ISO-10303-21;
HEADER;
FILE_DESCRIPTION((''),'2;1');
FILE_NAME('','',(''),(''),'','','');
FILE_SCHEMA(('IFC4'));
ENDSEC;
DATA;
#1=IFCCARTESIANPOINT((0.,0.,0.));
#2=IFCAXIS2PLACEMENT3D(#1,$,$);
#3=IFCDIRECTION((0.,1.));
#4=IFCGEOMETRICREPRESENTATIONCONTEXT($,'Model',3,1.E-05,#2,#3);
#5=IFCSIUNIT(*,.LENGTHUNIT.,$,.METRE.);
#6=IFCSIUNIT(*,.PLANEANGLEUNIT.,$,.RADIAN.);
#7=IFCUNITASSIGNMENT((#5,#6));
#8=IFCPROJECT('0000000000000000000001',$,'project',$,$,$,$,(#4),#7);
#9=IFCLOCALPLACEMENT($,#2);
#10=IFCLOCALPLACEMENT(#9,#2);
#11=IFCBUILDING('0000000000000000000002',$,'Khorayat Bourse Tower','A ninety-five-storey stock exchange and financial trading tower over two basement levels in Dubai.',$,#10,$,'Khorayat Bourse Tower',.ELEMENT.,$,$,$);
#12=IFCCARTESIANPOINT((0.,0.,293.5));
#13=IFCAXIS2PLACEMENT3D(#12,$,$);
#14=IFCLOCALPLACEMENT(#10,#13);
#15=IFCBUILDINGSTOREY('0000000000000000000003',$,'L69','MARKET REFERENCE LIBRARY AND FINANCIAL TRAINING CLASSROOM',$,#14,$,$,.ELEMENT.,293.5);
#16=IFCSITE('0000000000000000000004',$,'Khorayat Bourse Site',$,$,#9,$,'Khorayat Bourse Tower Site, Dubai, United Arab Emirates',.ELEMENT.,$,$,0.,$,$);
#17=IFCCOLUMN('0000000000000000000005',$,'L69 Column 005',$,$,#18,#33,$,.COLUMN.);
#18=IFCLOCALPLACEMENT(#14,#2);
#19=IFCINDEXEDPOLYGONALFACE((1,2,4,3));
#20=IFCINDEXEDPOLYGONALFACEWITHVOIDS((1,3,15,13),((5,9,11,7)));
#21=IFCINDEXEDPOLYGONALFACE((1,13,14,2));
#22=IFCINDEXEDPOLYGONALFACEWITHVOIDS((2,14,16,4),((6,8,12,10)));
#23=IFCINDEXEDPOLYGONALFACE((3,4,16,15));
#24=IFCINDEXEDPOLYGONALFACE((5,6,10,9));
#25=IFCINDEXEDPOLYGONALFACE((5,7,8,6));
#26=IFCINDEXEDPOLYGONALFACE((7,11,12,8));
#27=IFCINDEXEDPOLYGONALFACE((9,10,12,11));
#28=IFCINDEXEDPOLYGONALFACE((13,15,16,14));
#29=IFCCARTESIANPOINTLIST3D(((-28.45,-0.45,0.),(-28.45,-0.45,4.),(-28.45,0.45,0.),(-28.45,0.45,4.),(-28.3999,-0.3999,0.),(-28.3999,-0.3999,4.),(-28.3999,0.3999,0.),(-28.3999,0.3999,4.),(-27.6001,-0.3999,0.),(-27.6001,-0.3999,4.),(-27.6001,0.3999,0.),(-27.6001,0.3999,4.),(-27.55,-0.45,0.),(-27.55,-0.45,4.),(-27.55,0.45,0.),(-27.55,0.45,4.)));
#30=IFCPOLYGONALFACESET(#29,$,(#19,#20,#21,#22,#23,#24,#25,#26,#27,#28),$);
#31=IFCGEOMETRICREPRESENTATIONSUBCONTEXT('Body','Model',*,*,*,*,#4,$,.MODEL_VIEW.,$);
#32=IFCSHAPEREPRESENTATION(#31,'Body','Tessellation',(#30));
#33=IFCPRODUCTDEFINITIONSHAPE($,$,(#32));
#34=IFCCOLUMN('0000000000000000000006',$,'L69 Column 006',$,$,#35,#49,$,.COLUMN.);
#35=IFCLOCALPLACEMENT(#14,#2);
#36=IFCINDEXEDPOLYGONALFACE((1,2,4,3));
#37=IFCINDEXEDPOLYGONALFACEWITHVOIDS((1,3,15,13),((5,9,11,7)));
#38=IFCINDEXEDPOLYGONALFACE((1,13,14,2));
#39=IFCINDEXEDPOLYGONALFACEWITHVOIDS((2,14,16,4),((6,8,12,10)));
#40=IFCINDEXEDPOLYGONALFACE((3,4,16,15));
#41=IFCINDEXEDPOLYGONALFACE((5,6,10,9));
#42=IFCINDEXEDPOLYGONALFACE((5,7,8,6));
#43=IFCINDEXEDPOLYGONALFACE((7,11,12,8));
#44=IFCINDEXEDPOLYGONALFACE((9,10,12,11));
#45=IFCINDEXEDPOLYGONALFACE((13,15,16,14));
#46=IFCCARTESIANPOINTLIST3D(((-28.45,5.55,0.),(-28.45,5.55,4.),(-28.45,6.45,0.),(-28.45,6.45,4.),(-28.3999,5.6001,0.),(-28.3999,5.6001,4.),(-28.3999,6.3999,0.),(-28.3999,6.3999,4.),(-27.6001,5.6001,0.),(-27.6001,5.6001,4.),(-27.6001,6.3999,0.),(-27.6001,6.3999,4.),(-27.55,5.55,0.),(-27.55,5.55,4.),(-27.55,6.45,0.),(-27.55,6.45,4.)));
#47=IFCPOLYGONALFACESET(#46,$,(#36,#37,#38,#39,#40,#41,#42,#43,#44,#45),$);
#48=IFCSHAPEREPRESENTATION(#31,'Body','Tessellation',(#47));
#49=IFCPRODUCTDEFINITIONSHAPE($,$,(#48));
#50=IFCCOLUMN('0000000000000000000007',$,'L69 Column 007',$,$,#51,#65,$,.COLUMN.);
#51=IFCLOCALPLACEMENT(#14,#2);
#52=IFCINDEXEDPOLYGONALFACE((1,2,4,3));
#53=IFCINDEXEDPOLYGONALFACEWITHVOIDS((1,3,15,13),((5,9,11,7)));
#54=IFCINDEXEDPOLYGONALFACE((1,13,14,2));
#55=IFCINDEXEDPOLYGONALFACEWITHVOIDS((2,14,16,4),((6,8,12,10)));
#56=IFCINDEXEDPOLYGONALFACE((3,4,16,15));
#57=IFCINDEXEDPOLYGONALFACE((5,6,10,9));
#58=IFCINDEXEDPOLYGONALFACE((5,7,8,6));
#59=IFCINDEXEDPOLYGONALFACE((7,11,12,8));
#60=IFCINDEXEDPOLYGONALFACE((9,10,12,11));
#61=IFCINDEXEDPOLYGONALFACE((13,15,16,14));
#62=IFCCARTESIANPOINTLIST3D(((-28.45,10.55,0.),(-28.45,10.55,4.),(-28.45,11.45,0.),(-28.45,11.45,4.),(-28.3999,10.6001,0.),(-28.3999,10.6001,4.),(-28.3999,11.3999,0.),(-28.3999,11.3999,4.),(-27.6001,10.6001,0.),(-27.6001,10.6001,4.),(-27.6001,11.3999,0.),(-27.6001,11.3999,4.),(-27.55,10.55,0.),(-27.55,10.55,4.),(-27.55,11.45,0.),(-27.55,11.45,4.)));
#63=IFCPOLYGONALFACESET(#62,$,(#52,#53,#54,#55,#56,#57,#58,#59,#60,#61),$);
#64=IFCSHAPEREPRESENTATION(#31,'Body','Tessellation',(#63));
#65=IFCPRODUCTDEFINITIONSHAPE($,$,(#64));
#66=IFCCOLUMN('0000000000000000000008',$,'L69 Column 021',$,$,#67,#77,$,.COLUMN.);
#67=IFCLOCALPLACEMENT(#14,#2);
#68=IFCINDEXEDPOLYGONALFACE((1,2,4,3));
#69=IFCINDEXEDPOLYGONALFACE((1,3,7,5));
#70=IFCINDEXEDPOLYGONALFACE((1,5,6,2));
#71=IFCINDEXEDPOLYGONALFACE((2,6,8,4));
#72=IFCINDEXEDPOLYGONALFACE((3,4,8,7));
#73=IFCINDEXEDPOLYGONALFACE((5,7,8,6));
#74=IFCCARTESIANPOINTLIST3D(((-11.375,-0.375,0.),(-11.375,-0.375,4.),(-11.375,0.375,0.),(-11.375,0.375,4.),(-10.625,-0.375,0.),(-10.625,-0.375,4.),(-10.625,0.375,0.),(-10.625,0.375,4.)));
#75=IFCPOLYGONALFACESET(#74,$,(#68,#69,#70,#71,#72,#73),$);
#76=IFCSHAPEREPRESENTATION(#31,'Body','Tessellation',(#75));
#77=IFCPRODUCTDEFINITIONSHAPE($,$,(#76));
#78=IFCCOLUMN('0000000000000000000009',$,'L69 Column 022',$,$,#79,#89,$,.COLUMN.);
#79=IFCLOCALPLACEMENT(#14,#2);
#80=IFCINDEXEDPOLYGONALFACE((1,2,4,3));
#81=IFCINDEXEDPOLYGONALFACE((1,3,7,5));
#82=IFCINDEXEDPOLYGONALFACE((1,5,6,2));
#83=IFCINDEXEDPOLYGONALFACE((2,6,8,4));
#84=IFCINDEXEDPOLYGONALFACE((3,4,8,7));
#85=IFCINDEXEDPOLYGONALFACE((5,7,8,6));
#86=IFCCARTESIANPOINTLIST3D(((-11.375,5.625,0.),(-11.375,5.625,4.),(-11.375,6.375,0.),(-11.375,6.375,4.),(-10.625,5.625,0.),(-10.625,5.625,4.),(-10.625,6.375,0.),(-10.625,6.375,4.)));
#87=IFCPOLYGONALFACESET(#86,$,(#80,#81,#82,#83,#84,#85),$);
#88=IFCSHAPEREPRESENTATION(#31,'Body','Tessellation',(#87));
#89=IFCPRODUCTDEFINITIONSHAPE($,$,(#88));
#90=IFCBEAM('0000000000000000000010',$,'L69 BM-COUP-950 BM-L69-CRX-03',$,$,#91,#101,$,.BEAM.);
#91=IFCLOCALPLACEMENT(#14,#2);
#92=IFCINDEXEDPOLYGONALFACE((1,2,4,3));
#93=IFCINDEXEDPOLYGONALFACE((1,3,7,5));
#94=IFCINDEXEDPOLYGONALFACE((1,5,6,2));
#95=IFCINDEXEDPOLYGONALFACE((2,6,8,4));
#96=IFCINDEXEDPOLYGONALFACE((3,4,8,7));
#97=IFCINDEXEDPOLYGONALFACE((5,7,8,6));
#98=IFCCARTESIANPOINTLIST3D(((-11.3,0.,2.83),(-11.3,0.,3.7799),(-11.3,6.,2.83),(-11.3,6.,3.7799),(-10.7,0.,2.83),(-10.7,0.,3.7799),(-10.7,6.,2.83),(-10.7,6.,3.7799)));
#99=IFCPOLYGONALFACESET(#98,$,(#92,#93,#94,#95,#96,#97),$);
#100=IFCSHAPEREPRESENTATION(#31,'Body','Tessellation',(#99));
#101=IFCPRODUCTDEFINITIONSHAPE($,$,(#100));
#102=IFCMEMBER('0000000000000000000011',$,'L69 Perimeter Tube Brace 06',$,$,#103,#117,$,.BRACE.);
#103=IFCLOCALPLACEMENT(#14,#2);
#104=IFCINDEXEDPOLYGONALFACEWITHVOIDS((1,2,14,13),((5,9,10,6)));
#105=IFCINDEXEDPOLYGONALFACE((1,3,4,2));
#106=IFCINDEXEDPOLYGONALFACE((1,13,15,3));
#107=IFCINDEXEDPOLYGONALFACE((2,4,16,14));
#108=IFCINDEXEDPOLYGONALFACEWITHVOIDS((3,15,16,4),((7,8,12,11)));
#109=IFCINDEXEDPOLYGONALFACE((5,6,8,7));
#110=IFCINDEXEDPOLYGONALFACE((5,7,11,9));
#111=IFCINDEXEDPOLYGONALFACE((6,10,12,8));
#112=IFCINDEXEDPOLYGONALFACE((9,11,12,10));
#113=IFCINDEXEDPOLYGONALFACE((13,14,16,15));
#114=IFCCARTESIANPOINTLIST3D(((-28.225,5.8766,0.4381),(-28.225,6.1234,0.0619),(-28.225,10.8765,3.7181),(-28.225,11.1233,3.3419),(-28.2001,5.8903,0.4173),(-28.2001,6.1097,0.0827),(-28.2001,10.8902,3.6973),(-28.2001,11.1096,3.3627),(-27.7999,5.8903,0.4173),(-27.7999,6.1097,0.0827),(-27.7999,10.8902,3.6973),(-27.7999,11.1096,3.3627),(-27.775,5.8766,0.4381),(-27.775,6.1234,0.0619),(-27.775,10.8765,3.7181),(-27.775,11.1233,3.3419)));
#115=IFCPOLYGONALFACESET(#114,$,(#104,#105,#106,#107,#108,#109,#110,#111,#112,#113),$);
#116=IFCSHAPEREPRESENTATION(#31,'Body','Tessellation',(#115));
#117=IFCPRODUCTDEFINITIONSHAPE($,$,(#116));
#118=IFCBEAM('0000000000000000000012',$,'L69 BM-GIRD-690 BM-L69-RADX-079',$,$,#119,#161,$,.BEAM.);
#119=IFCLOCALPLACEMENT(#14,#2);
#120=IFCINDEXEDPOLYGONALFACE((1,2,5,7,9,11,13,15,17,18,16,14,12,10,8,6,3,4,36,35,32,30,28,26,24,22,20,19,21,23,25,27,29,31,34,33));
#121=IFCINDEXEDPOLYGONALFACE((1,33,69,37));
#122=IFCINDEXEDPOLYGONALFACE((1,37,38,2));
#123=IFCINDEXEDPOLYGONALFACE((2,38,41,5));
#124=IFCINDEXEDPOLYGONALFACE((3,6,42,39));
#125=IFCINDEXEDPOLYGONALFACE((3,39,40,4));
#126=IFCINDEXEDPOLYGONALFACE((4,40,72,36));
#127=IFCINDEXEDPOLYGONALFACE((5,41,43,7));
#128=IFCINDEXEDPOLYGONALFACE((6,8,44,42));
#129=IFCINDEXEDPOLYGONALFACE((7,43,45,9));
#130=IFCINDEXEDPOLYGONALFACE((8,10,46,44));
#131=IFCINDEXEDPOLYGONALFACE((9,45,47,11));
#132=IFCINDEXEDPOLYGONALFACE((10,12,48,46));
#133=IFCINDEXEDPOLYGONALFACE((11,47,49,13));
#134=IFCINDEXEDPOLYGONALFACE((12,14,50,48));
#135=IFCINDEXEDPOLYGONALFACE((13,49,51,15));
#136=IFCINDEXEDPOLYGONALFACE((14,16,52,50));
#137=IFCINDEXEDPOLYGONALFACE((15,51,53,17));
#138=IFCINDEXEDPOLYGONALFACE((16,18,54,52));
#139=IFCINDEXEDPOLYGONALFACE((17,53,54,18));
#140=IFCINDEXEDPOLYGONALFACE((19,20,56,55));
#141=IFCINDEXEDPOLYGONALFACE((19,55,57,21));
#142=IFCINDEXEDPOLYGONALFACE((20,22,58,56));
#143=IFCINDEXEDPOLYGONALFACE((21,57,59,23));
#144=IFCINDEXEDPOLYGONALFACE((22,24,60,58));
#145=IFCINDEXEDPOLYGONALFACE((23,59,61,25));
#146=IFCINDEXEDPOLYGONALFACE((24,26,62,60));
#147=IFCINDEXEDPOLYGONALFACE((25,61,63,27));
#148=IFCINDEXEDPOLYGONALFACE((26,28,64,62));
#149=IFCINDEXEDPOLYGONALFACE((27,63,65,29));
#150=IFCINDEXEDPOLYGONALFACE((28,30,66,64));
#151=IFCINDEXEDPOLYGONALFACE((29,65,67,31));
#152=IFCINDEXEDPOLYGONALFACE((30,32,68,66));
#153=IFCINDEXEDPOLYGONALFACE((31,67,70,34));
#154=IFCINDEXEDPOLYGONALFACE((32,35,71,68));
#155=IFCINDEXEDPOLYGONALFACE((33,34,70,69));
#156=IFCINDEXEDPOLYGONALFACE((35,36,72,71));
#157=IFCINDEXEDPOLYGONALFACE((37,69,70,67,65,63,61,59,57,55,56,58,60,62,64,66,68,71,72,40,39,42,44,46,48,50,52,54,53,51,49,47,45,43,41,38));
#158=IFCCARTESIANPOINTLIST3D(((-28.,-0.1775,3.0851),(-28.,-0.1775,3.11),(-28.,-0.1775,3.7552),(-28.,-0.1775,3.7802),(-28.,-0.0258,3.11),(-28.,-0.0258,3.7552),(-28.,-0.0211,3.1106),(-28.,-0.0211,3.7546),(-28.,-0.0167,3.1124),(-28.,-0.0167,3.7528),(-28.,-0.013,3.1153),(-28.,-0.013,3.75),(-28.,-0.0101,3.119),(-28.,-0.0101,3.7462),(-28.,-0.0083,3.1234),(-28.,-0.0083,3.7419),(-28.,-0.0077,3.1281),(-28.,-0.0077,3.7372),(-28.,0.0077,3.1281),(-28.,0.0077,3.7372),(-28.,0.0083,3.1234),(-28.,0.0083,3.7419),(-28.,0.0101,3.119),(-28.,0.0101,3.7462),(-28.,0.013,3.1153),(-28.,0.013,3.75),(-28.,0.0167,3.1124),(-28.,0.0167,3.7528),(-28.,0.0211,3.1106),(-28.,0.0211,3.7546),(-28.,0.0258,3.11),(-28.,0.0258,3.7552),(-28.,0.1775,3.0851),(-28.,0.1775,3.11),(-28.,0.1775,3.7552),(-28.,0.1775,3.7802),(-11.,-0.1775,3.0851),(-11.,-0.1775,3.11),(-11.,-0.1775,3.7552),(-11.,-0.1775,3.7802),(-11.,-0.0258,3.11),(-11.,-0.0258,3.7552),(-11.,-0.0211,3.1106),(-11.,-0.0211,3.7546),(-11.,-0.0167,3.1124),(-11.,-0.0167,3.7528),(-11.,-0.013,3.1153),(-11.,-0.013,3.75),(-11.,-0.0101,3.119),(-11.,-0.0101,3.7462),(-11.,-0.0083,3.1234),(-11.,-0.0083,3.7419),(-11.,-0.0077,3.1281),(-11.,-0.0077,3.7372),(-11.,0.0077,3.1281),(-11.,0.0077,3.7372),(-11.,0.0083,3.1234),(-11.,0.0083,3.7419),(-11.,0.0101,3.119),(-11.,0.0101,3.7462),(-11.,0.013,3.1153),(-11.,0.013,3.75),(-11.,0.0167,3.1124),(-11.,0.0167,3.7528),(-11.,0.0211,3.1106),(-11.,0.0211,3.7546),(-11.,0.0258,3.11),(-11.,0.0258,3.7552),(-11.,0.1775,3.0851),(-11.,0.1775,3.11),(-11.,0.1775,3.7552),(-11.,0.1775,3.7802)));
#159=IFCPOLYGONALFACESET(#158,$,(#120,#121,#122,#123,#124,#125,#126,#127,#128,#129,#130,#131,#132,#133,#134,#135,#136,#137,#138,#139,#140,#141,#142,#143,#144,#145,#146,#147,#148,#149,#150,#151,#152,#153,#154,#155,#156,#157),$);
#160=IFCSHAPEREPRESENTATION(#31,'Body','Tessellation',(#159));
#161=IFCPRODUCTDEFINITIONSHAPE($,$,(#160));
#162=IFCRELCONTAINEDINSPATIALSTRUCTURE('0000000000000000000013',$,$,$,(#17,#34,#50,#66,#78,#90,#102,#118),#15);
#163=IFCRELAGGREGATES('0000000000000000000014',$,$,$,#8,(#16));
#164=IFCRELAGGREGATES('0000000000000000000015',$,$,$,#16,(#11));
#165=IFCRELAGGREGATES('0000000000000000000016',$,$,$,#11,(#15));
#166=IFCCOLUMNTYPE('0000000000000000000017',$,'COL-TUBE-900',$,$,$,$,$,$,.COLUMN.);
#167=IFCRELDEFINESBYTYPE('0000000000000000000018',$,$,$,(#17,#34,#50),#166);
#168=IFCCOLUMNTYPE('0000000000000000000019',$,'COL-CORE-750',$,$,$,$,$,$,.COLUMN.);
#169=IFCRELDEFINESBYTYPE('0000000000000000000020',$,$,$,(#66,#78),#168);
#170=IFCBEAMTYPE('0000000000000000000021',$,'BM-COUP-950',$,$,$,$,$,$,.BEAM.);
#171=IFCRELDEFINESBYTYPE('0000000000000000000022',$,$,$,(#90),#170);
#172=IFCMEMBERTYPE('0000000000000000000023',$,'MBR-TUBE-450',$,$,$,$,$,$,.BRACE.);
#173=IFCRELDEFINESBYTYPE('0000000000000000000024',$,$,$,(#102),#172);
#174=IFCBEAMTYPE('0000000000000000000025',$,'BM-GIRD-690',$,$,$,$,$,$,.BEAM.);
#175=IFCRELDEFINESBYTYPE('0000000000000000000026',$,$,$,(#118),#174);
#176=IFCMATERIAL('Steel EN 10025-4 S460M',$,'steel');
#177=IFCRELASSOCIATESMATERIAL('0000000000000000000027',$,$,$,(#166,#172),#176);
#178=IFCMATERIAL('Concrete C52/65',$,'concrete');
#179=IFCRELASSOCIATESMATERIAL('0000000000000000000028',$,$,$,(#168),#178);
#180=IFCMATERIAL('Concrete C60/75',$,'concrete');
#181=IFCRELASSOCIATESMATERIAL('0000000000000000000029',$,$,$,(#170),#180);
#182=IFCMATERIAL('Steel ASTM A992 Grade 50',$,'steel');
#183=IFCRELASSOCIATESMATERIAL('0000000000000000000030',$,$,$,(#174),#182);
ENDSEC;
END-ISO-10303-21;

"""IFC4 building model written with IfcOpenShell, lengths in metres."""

from ifc_helpers import new_model, si_unit, direction, frame, origin, origin_2d, place, context, subcontext, project, spatial, rectangle, hollow_rectangle, i_section, extrude, source, transform, mapped, material, material_profile, profile_set, type_object, element, save


model = new_model("IFC4")

# Units and contexts
model_context = context("Model", 3, precision=1e-05, world=origin(), true_north=direction((0.0, 1.0)))
body_context = subcontext(model_context, "Body", "Model", "MODEL_VIEW")
ifc_project = project(units=[si_unit("LENGTHUNIT", "METRE"), si_unit("PLANEANGLEUNIT", "RADIAN")], contexts=[model_context])

# Site, building, storey
site_placement = place(None, origin())
site = spatial("IfcSite", under=ifc_project, at=site_placement, Name="Khorayat Bourse Site", LongName="Khorayat Bourse Tower Site, Dubai, United Arab Emirates", CompositionType="ELEMENT", RefElevation=0.0)
building_placement = place(site_placement, origin())
building = spatial("IfcBuilding", under=site, at=building_placement, Name="Khorayat Bourse Tower", Description="A ninety-five-storey stock exchange and financial trading tower over two basement levels in Dubai.", LongName="Khorayat Bourse Tower", CompositionType="ELEMENT")
storey_placement = place(building_placement, frame((0.0, 0.0, 293.5)))
storey = spatial("IfcBuildingStorey", under=building, at=storey_placement, Name="L69", Description="MARKET REFERENCE LIBRARY AND FINANCIAL TRAINING CLASSROOM", CompositionType="ELEMENT", Elevation=293.5)

# Columns
ifc_material_1 = material(Name="Steel EN 10025-4 S460M", Category="steel")
ifc_material_profile_1 = material_profile(ifc_material_1, hollow_rectangle(XDim=0.8999, YDim=0.8999, WallThickness=0.05, at=origin_2d()), Name="BOX 900x900x50")
ifc_profile_set_1 = profile_set([ifc_material_profile_1], Name="Steel EN 10025-4 S460M")
column_type_1 = type_object("IfcColumnType", Name="COL-TUBE-900", PredefinedType="COLUMN", material=ifc_profile_set_1)
shared_shape_1 = source(origin(), body_context, "Body", "SweptSolid", [
    extrude(hollow_rectangle(XDim=0.8999, YDim=0.8999, WallThickness=0.05, at=origin_2d()), origin(), (0.0, 0.0, 1.0), 4.0),
])
for number, where, z_axis, x_axis, name in (
    (1, (-28.0, 0.0, 0.0), (0.0, 0.0, 1.0), (1.0, 0.0, 0.0), "L69 Column 005"),
    (2, (-28.0, 6.0, 0.0), (0.0, 0.0, 1.0), (1.0, 0.0, 0.0), "L69 Column 006"),
    (3, (-28.0, 11.0, 0.0), (0.0, 0.0, 1.0), (1.0, 0.0, 0.0), "L69 Column 007"),
):
    element("IfcColumn", number, at=place(storey_placement, frame(where, z_axis=z_axis, x_axis=x_axis)), inside=storey, type_object=column_type_1, Name=name, PredefinedType="COLUMN", context=body_context, shape_type="MappedRepresentation", body=[
        mapped(shared_shape_1, transform((0.0, 0.0, 0.0), scale=1.0)),
    ])
ifc_material_2 = material(Name="Concrete C52/65", Category="concrete")
ifc_material_profile_2 = material_profile(ifc_material_2, rectangle(XDim=0.75, YDim=0.75, at=origin_2d()), Name="RC 750x750")
ifc_profile_set_2 = profile_set([ifc_material_profile_2], Name="Concrete C52/65")
column_type_2 = type_object("IfcColumnType", Name="COL-CORE-750", PredefinedType="COLUMN", material=ifc_profile_set_2)
shared_shape_2 = source(origin(), body_context, "Body", "SweptSolid", [
    extrude(rectangle(XDim=0.75, YDim=0.75, at=origin_2d()), origin(), (0.0, 0.0, 1.0), 4.0),
])
for number, where, z_axis, x_axis, name in (
    (4, (-11.0, 0.0, 0.0), (0.0, 0.0, 1.0), (1.0, 0.0, 0.0), "L69 Column 021"),
    (5, (-11.0, 6.0, 0.0), (0.0, 0.0, 1.0), (1.0, 0.0, 0.0), "L69 Column 022"),
):
    element("IfcColumn", number, at=place(storey_placement, frame(where, z_axis=z_axis, x_axis=x_axis)), inside=storey, type_object=column_type_2, Name=name, PredefinedType="COLUMN", context=body_context, shape_type="MappedRepresentation", body=[
        mapped(shared_shape_2, transform((0.0, 0.0, 0.0), scale=1.0)),
    ])

# Beam
ifc_material_3 = material(Name="Concrete C60/75", Category="concrete")
ifc_material_profile_3 = material_profile(ifc_material_3, rectangle(XDim=0.6001, YDim=0.95, at=origin_2d()), Name="RC 600x950")
ifc_profile_set_3 = profile_set([ifc_material_profile_3], Name="Concrete C60/75")
beam_type_1 = type_object("IfcBeamType", Name="BM-COUP-950", PredefinedType="BEAM", material=ifc_profile_set_3)
shared_shape_3 = source(origin(), body_context, "Body", "SweptSolid", [
    extrude(rectangle(XDim=0.6001, YDim=0.95, at=origin_2d()), origin(), (0.0, 0.0, 1.0), 6.0),
])
beam_1_placement = place(storey_placement, frame((-11.0, 0.0, 3.3049), z_axis=(0.0, 1.0, 0.0), x_axis=(-1.0, 0.0, 0.0)))
element("IfcBeam", 6, at=beam_1_placement, inside=storey, type_object=beam_type_1, Name="L69 BM-COUP-950 BM-L69-CRX-03", PredefinedType="BEAM", context=body_context, shape_type="MappedRepresentation", body=[
    mapped(shared_shape_3, transform((0.0, 0.0, 0.0), scale=1.0)),
])

# Member
ifc_material_profile_4 = material_profile(ifc_material_1, hollow_rectangle(XDim=0.45, YDim=0.45, WallThickness=0.0249, at=origin_2d()), Name="HSS 450x450x25")
ifc_profile_set_4 = profile_set([ifc_material_profile_4], Name="Steel EN 10025-4 S460M")
member_type_1 = type_object("IfcMemberType", Name="MBR-TUBE-450", PredefinedType="BRACE", material=ifc_profile_set_4)
shared_shape_4 = source(origin(), body_context, "Body", "SweptSolid", [
    extrude(hollow_rectangle(XDim=0.45, YDim=0.45, WallThickness=0.0249, at=origin_2d()), origin(), (0.0, 0.0, 1.0), 5.9797),
])
member_1_placement = place(storey_placement, frame((-28.0, 6.0, 0.25), z_axis=(0.0, 0.836142, 0.548514), x_axis=(-1.0, 0.0, 0.0)))
element("IfcMember", 7, at=member_1_placement, inside=storey, type_object=member_type_1, Name="L69 Perimeter Tube Brace 06", PredefinedType="BRACE", context=body_context, shape_type="MappedRepresentation", body=[
    mapped(shared_shape_4, transform((0.0, 0.0, 0.0), scale=1.0)),
])

# Beam
ifc_material_4 = material(Name="Steel ASTM A992 Grade 50", Category="steel")
ifc_material_profile_5 = material_profile(ifc_material_4, i_section(OverallWidth=0.355, OverallDepth=0.6951, WebThickness=0.0154, FlangeThickness=0.0249, FilletRadius=0.0181, at=origin_2d()), Name="W690X217")
ifc_profile_set_5 = profile_set([ifc_material_profile_5], Name="Steel ASTM A992 Grade 50")
beam_type_2 = type_object("IfcBeamType", Name="BM-GIRD-690", PredefinedType="BEAM", material=ifc_profile_set_5)
shared_shape_5 = source(origin(), body_context, "Body", "SweptSolid", [
    extrude(i_section(OverallWidth=0.355, OverallDepth=0.6951, WebThickness=0.0154, FlangeThickness=0.0249, FilletRadius=0.0181, at=origin_2d()), origin(), (0.0, 0.0, 1.0), 17.0),
])
for number, where, z_axis, x_axis, name in (
    (8, (-28.0, 0.0, 3.4326), (1.0, 0.0, 0.0), (0.0, 1.0, 0.0), "L69 BM-GIRD-690 BM-L69-RADX-079"),
):
    element("IfcBeam", number, at=place(storey_placement, frame(where, z_axis=z_axis, x_axis=x_axis)), inside=storey, type_object=beam_type_2, Name=name, PredefinedType="BEAM", context=body_context, shape_type="MappedRepresentation", body=[
        mapped(shared_shape_5, transform((0.0, 0.0, 0.0), scale=1.0)),
    ])

save(model, "model.ifc")
